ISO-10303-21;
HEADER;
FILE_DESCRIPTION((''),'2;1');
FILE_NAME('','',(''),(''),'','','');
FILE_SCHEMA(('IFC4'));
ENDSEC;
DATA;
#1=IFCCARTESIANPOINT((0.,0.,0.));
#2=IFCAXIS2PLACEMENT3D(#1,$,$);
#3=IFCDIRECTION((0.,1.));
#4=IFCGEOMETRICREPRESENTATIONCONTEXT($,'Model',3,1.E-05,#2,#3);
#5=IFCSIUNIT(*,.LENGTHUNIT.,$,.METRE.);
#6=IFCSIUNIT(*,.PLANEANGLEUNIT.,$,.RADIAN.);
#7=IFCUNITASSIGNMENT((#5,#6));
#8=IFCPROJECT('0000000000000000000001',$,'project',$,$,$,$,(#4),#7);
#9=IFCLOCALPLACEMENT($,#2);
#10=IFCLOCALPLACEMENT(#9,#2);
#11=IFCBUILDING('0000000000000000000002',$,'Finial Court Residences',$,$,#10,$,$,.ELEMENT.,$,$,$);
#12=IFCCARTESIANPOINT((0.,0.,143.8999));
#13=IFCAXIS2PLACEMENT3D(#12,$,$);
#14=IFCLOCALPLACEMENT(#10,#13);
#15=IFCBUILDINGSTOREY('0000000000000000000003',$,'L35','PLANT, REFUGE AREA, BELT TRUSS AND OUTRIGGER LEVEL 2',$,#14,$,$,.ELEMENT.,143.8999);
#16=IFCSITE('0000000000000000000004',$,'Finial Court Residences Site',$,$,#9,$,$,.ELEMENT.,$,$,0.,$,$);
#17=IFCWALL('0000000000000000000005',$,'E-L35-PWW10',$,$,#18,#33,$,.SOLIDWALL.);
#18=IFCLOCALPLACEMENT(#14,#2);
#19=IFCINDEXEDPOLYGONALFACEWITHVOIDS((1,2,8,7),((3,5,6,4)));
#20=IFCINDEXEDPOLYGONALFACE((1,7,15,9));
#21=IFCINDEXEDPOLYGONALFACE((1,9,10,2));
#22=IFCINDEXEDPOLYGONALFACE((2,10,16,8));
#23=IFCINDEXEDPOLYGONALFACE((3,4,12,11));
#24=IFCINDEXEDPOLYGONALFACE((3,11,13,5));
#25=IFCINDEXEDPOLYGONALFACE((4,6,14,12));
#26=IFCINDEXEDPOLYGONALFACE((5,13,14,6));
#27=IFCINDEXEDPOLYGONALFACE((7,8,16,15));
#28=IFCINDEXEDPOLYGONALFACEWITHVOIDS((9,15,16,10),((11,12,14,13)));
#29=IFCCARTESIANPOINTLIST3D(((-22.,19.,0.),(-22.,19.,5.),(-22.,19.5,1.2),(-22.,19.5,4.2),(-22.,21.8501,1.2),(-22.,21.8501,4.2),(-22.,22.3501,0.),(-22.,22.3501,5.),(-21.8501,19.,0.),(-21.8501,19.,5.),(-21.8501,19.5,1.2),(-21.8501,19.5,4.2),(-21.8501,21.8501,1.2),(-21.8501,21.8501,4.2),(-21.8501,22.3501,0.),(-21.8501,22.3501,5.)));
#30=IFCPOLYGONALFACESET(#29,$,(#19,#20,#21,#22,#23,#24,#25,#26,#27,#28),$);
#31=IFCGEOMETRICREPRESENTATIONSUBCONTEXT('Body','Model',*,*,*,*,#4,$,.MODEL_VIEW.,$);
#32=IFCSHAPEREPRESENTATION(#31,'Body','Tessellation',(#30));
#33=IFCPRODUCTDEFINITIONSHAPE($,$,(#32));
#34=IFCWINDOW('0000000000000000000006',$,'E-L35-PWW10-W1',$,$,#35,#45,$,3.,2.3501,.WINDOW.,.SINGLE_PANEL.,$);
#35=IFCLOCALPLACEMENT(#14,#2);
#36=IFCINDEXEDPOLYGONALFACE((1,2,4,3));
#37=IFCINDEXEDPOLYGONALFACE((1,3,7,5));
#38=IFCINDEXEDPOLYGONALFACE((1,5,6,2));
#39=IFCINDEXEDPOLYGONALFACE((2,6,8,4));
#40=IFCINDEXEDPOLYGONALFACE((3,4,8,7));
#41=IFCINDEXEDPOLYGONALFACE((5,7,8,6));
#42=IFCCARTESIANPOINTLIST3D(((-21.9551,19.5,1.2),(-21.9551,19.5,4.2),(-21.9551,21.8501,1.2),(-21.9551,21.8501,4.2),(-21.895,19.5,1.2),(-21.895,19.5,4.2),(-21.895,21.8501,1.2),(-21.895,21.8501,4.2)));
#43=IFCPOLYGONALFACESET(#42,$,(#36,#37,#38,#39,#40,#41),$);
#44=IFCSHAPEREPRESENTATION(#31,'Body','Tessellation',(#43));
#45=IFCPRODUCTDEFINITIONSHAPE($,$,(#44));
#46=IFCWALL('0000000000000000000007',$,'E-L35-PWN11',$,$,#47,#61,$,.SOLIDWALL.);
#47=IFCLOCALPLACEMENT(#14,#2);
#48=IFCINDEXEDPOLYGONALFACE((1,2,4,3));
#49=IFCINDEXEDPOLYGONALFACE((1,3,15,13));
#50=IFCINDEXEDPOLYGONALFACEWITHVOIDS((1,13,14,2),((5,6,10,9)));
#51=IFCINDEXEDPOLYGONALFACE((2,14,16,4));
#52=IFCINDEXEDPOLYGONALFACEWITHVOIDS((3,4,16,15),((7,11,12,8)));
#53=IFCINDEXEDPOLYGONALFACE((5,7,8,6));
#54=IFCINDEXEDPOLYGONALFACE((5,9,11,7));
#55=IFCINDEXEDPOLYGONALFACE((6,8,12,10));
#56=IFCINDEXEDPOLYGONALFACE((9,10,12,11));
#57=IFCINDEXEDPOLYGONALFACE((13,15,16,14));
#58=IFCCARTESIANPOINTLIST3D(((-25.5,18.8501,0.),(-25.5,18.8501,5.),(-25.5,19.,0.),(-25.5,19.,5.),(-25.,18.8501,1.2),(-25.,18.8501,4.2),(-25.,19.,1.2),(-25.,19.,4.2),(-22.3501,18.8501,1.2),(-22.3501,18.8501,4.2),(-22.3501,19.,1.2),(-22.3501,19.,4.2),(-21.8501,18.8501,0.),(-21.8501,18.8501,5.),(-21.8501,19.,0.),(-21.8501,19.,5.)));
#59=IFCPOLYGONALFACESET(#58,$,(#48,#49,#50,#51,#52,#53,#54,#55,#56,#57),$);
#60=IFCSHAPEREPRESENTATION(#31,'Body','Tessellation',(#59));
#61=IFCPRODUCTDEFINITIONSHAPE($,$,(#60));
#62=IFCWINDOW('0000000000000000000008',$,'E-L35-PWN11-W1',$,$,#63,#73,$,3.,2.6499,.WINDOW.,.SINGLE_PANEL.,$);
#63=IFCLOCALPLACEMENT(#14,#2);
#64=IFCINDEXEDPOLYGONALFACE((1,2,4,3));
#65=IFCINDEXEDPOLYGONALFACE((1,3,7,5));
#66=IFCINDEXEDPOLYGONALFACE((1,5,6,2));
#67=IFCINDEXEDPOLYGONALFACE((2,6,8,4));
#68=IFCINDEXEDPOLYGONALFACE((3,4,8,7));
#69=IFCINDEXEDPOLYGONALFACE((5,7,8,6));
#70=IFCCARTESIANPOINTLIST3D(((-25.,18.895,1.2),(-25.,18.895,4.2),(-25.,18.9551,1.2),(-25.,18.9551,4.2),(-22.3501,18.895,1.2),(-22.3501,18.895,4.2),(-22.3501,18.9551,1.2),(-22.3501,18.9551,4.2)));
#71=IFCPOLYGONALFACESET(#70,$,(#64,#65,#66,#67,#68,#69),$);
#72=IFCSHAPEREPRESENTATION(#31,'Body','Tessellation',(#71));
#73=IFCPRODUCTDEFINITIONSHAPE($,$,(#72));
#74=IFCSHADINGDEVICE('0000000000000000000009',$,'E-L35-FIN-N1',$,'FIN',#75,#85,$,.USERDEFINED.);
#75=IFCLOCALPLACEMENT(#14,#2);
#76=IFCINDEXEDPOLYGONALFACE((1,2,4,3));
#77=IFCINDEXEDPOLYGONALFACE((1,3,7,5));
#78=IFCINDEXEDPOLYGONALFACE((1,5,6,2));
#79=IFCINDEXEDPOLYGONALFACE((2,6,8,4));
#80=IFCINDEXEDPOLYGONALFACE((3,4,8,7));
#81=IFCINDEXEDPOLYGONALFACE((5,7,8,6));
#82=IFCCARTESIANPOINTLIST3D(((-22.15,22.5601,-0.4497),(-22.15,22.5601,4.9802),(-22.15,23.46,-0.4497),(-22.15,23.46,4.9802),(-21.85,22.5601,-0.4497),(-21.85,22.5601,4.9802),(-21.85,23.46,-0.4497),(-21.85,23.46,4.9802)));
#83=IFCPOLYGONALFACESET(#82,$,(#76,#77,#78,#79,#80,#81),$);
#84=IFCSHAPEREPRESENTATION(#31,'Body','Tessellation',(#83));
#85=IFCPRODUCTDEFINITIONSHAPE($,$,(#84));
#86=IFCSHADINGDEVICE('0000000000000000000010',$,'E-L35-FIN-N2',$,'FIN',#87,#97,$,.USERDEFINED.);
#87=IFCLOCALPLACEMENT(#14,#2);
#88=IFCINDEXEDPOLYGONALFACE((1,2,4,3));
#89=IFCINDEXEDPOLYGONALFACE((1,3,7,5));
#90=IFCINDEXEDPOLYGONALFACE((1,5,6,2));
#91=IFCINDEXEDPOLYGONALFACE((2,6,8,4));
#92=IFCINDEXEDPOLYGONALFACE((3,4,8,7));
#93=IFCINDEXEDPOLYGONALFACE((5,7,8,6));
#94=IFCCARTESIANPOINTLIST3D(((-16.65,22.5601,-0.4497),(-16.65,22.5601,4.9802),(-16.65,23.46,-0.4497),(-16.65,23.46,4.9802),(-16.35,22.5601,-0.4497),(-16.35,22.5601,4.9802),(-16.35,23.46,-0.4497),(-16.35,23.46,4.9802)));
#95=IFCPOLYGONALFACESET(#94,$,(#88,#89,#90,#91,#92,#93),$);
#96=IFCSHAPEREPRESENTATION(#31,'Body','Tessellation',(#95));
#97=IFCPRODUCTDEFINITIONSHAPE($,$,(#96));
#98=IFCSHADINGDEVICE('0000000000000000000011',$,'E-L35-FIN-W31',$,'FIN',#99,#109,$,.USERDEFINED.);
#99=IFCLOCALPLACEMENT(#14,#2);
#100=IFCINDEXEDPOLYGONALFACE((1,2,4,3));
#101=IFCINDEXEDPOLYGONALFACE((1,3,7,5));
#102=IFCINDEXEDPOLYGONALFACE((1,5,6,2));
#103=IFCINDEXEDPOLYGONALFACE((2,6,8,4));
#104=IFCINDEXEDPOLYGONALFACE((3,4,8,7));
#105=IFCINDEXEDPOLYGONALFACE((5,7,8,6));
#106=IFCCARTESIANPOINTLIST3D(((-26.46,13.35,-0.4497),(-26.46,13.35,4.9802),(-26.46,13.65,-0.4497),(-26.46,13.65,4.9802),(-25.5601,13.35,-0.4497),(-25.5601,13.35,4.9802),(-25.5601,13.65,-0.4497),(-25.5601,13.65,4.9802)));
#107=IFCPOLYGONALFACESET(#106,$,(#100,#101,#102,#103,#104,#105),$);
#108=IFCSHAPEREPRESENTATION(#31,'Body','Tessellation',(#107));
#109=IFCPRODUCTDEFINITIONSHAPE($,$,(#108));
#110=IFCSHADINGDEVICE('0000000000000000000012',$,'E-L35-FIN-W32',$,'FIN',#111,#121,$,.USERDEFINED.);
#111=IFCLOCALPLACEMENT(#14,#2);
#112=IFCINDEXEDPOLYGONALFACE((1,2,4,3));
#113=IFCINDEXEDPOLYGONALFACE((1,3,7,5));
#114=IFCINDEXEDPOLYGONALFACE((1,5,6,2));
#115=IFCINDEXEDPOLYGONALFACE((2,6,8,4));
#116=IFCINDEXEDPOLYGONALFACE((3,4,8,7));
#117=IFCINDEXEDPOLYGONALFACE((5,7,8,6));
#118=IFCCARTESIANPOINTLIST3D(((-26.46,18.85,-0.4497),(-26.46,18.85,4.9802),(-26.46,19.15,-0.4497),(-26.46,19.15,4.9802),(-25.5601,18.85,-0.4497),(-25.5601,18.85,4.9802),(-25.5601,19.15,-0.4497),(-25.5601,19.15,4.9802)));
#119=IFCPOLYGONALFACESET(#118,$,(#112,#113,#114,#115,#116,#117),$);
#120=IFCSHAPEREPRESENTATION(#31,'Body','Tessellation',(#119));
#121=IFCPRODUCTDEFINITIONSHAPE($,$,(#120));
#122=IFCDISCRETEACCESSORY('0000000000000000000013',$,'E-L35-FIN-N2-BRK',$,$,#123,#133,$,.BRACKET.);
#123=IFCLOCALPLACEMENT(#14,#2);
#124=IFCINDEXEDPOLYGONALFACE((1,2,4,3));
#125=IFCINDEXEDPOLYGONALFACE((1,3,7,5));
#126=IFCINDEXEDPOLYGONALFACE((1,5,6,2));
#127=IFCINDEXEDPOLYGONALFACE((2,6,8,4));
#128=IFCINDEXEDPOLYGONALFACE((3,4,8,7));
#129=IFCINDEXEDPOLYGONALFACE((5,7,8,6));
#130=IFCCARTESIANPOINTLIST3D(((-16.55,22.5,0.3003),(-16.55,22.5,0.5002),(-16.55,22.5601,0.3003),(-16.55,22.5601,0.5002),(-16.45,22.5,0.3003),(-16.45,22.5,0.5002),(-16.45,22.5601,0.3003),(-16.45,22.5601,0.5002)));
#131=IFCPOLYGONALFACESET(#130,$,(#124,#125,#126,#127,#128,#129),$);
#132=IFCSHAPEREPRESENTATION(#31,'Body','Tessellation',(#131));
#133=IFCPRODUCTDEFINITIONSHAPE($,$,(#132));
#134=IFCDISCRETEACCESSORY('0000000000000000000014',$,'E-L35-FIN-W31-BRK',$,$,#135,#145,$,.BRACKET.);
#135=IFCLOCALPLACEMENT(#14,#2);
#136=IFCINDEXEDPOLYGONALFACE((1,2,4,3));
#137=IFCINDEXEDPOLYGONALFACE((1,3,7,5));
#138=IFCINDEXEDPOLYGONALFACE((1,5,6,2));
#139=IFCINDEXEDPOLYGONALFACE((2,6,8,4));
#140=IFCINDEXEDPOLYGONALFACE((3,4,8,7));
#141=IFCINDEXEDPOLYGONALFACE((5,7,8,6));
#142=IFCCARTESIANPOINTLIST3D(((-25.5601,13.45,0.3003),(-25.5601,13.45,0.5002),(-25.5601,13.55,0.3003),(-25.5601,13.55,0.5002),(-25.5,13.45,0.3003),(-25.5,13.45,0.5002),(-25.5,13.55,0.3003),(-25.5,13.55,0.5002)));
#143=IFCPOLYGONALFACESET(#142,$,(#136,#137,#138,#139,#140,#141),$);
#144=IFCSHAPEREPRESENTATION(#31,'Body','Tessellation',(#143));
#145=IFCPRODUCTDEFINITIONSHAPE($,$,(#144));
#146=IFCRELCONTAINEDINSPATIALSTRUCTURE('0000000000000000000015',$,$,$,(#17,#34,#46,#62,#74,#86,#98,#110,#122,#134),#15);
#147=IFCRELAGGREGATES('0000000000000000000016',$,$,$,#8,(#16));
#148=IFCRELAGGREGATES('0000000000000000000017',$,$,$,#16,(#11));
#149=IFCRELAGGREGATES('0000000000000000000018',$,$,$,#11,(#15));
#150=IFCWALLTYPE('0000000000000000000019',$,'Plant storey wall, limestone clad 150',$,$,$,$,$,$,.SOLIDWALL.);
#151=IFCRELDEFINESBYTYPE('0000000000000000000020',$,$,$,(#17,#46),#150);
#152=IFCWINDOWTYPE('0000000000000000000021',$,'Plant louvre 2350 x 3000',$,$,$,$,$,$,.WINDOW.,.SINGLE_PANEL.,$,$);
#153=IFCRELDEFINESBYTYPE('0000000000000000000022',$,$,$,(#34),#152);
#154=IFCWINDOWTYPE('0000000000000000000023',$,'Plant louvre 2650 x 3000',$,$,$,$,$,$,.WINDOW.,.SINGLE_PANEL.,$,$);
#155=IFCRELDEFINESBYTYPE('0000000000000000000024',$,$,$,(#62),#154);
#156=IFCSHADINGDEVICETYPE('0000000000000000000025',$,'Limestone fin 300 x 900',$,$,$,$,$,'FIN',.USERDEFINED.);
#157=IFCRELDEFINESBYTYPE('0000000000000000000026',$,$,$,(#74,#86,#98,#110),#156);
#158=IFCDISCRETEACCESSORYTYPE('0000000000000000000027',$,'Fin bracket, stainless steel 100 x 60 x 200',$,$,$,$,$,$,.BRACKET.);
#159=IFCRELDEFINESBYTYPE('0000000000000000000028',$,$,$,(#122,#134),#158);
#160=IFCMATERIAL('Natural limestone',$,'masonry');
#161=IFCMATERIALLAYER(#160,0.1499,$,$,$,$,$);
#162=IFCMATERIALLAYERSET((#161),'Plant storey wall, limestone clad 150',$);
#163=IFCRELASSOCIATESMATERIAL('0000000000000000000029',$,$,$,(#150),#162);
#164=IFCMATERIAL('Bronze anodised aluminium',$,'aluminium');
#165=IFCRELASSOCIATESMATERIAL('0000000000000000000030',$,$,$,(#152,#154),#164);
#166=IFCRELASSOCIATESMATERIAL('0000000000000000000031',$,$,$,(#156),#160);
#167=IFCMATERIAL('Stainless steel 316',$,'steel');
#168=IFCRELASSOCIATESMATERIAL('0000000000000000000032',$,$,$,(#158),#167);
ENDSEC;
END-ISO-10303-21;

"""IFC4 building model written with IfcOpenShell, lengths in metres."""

from ifc_helpers import new_model, si_unit, direction, frame, frame_2d, origin, origin_2d, place, context, subcontext, project, spatial, rectangle, extrude, material, layer, layer_set, type_object, element, fill, save


model = new_model("IFC4")

# Units and contexts
model_context = context("Model", 3, precision=1e-05, world=origin(), true_north=direction((0.0, 1.0)))
body_context = subcontext(model_context, "Body", "Model", "MODEL_VIEW")
ifc_project = project(units=[si_unit("LENGTHUNIT", "METRE"), si_unit("PLANEANGLEUNIT", "RADIAN")], contexts=[model_context])

# Site, building, storey
site_placement = place(None, origin())
site = spatial("IfcSite", under=ifc_project, at=site_placement, Name="Finial Court Residences Site", CompositionType="ELEMENT", RefElevation=0.0)
building_placement = place(site_placement, origin())
building = spatial("IfcBuilding", under=site, at=building_placement, Name="Finial Court Residences", CompositionType="ELEMENT")
storey_placement = place(building_placement, frame((0.0, 0.0, 143.8999)))
storey = spatial("IfcBuildingStorey", under=building, at=storey_placement, Name="L35", Description="PLANT, REFUGE AREA, BELT TRUSS AND OUTRIGGER LEVEL 2", CompositionType="ELEMENT", Elevation=143.8999)

# Shared definitions
ifc_material_1 = material(Name="Natural limestone", Category="masonry")
ifc_layer_1 = layer(ifc_material_1, 0.1499)
ifc_layer_set_1 = layer_set([ifc_layer_1], Name="Plant storey wall, limestone clad 150")
wall_type_1 = type_object("IfcWallType", Name="Plant storey wall, limestone clad 150", PredefinedType="SOLIDWALL", material=ifc_layer_set_1)
ifc_material_2 = material(Name="Bronze anodised aluminium", Category="aluminium")

# Walls, openings, windows
wall_1_placement = place(storey_placement, frame((-21.925, 19.0, 0.0), z_axis=(0.0, 0.0, 1.0), x_axis=(0.0, 1.0, 0.0)))
wall_1 = element("IfcWall", 1, at=wall_1_placement, inside=storey, type_object=wall_type_1, Name="E-L35-PWW10", PredefinedType="SOLIDWALL", context=body_context, shape_type="SweptSolid", body=[
    extrude(rectangle(XDim=3.3501, YDim=0.1499, at=frame_2d((1.675, 0.0))), origin(), (0.0, 0.0, 1.0), 5.0),
])
opening_1_placement = place(wall_1_placement, frame((0.5, 0.0, 1.2)))
opening_1 = element("IfcOpeningElement", 2, at=opening_1_placement, cuts=wall_1, PredefinedType="OPENING", context=body_context, shape_type="SweptSolid", body=[
    extrude(rectangle(XDim=2.3501, YDim=3.0, at=frame_2d((1.175, 1.5))), frame((0.0, 0.085, 0.0), z_axis=(0.0, -1.0, 0.0), x_axis=(1.0, 0.0, 0.0)), (0.0, 0.0, 1.0), 0.1699),
])
window_type_1 = type_object("IfcWindowType", Name="Plant louvre 2350 x 3000", PartitioningType="SINGLE_PANEL", PredefinedType="WINDOW", material=ifc_material_2)
window_1_placement = place(opening_1_placement, origin())
window_1 = element("IfcWindow", 3, at=window_1_placement, inside=storey, type_object=window_type_1, Name="E-L35-PWW10-W1", OverallHeight=3.0, OverallWidth=2.3501, PartitioningType="SINGLE_PANEL", PredefinedType="WINDOW", context=body_context, shape_type="SweptSolid", body=[
    extrude(rectangle(XDim=2.3501, YDim=3.0, at=frame_2d((1.175, 1.5))), frame((0.0, 0.03, 0.0), z_axis=(0.0, -1.0, 0.0), x_axis=(1.0, 0.0, 0.0)), (0.0, 0.0, 1.0), 0.0601),
])
fill(opening_1, window_1)
wall_2_placement = place(storey_placement, frame((-25.5, 18.925, 0.0), z_axis=(0.0, 0.0, 1.0), x_axis=(1.0, 0.0, 0.0)))
wall_2 = element("IfcWall", 4, at=wall_2_placement, inside=storey, type_object=wall_type_1, Name="E-L35-PWN11", PredefinedType="SOLIDWALL", context=body_context, shape_type="SweptSolid", body=[
    extrude(rectangle(XDim=3.6499, YDim=0.1499, at=frame_2d((1.825, 0.0))), origin(), (0.0, 0.0, 1.0), 5.0),
])
opening_2_placement = place(wall_2_placement, frame((0.5, 0.0, 1.2)))
opening_2 = element("IfcOpeningElement", 5, at=opening_2_placement, cuts=wall_2, PredefinedType="OPENING", context=body_context, shape_type="SweptSolid", body=[
    extrude(rectangle(XDim=2.6499, YDim=3.0, at=frame_2d((1.325, 1.5))), frame((0.0, 0.085, 0.0), z_axis=(0.0, -1.0, 0.0), x_axis=(1.0, 0.0, 0.0)), (0.0, 0.0, 1.0), 0.1699),
])
window_type_2 = type_object("IfcWindowType", Name="Plant louvre 2650 x 3000", PartitioningType="SINGLE_PANEL", PredefinedType="WINDOW", material=ifc_material_2)
window_2_placement = place(opening_2_placement, origin())
window_2 = element("IfcWindow", 6, at=window_2_placement, inside=storey, type_object=window_type_2, Name="E-L35-PWN11-W1", OverallHeight=3.0, OverallWidth=2.6499, PartitioningType="SINGLE_PANEL", PredefinedType="WINDOW", context=body_context, shape_type="SweptSolid", body=[
    extrude(rectangle(XDim=2.6499, YDim=3.0, at=frame_2d((1.325, 1.5))), frame((0.0, 0.03, 0.0), z_axis=(0.0, -1.0, 0.0), x_axis=(1.0, 0.0, 0.0)), (0.0, 0.0, 1.0), 0.0601),
])
fill(opening_2, window_2)

# Shading devices
shading_device_type = type_object("IfcShadingDeviceType", Name="Limestone fin 300 x 900", ElementType="FIN", PredefinedType="USERDEFINED", material=ifc_material_1)
for number, where, z_axis, x_axis, name in (
    (7, (-22.0, 23.01, -0.4497), (0.0, 0.0, 1.0), (1.0, 0.0, 0.0), "E-L35-FIN-N1"),
    (8, (-16.5, 23.01, -0.4497), (0.0, 0.0, 1.0), (1.0, 0.0, 0.0), "E-L35-FIN-N2"),
):
    element("IfcShadingDevice", number, at=place(storey_placement, frame(where, z_axis=z_axis, x_axis=x_axis)), inside=storey, type_object=shading_device_type, Name=name, ObjectType="FIN", PredefinedType="USERDEFINED", context=body_context, shape_type="SweptSolid", body=[
        extrude(rectangle(XDim=0.3, YDim=0.8999, at=origin_2d()), origin(), (0.0, 0.0, 1.0), 5.4299),
    ])
for number, where, z_axis, x_axis, name in (
    (9, (-26.01, 13.5, -0.4497), (0.0, 0.0, 1.0), (1.0, 0.0, 0.0), "E-L35-FIN-W31"),
    (10, (-26.01, 19.0, -0.4497), (0.0, 0.0, 1.0), (1.0, 0.0, 0.0), "E-L35-FIN-W32"),
):
    element("IfcShadingDevice", number, at=place(storey_placement, frame(where, z_axis=z_axis, x_axis=x_axis)), inside=storey, type_object=shading_device_type, Name=name, ObjectType="FIN", PredefinedType="USERDEFINED", context=body_context, shape_type="SweptSolid", body=[
        extrude(rectangle(XDim=0.8999, YDim=0.3, at=origin_2d()), origin(), (0.0, 0.0, 1.0), 5.4299),
    ])

# Discrete accessories
ifc_material_3 = material(Name="Stainless steel 316", Category="steel")
discrete_accessory_type = type_object("IfcDiscreteAccessoryType", Name="Fin bracket, stainless steel 100 x 60 x 200", PredefinedType="BRACKET", material=ifc_material_3)
discrete_accessory_1_placement = place(storey_placement, frame((-16.5, 22.53, 0.3003), z_axis=(0.0, 0.0, 1.0), x_axis=(1.0, 0.0, 0.0)))
element("IfcDiscreteAccessory", 11, at=discrete_accessory_1_placement, inside=storey, type_object=discrete_accessory_type, Name="E-L35-FIN-N2-BRK", PredefinedType="BRACKET", context=body_context, shape_type="SweptSolid", body=[
    extrude(rectangle(XDim=0.1001, YDim=0.0601, at=origin_2d()), origin(), (0.0, 0.0, 1.0), 0.2),
])
discrete_accessory_2_placement = place(storey_placement, frame((-25.53, 13.5, 0.3003), z_axis=(0.0, 0.0, 1.0), x_axis=(1.0, 0.0, 0.0)))
element("IfcDiscreteAccessory", 12, at=discrete_accessory_2_placement, inside=storey, type_object=discrete_accessory_type, Name="E-L35-FIN-W31-BRK", PredefinedType="BRACKET", context=body_context, shape_type="SweptSolid", body=[
    extrude(rectangle(XDim=0.0601, YDim=0.1001, at=origin_2d()), origin(), (0.0, 0.0, 1.0), 0.2),
])

save(model, "model.ifc")
